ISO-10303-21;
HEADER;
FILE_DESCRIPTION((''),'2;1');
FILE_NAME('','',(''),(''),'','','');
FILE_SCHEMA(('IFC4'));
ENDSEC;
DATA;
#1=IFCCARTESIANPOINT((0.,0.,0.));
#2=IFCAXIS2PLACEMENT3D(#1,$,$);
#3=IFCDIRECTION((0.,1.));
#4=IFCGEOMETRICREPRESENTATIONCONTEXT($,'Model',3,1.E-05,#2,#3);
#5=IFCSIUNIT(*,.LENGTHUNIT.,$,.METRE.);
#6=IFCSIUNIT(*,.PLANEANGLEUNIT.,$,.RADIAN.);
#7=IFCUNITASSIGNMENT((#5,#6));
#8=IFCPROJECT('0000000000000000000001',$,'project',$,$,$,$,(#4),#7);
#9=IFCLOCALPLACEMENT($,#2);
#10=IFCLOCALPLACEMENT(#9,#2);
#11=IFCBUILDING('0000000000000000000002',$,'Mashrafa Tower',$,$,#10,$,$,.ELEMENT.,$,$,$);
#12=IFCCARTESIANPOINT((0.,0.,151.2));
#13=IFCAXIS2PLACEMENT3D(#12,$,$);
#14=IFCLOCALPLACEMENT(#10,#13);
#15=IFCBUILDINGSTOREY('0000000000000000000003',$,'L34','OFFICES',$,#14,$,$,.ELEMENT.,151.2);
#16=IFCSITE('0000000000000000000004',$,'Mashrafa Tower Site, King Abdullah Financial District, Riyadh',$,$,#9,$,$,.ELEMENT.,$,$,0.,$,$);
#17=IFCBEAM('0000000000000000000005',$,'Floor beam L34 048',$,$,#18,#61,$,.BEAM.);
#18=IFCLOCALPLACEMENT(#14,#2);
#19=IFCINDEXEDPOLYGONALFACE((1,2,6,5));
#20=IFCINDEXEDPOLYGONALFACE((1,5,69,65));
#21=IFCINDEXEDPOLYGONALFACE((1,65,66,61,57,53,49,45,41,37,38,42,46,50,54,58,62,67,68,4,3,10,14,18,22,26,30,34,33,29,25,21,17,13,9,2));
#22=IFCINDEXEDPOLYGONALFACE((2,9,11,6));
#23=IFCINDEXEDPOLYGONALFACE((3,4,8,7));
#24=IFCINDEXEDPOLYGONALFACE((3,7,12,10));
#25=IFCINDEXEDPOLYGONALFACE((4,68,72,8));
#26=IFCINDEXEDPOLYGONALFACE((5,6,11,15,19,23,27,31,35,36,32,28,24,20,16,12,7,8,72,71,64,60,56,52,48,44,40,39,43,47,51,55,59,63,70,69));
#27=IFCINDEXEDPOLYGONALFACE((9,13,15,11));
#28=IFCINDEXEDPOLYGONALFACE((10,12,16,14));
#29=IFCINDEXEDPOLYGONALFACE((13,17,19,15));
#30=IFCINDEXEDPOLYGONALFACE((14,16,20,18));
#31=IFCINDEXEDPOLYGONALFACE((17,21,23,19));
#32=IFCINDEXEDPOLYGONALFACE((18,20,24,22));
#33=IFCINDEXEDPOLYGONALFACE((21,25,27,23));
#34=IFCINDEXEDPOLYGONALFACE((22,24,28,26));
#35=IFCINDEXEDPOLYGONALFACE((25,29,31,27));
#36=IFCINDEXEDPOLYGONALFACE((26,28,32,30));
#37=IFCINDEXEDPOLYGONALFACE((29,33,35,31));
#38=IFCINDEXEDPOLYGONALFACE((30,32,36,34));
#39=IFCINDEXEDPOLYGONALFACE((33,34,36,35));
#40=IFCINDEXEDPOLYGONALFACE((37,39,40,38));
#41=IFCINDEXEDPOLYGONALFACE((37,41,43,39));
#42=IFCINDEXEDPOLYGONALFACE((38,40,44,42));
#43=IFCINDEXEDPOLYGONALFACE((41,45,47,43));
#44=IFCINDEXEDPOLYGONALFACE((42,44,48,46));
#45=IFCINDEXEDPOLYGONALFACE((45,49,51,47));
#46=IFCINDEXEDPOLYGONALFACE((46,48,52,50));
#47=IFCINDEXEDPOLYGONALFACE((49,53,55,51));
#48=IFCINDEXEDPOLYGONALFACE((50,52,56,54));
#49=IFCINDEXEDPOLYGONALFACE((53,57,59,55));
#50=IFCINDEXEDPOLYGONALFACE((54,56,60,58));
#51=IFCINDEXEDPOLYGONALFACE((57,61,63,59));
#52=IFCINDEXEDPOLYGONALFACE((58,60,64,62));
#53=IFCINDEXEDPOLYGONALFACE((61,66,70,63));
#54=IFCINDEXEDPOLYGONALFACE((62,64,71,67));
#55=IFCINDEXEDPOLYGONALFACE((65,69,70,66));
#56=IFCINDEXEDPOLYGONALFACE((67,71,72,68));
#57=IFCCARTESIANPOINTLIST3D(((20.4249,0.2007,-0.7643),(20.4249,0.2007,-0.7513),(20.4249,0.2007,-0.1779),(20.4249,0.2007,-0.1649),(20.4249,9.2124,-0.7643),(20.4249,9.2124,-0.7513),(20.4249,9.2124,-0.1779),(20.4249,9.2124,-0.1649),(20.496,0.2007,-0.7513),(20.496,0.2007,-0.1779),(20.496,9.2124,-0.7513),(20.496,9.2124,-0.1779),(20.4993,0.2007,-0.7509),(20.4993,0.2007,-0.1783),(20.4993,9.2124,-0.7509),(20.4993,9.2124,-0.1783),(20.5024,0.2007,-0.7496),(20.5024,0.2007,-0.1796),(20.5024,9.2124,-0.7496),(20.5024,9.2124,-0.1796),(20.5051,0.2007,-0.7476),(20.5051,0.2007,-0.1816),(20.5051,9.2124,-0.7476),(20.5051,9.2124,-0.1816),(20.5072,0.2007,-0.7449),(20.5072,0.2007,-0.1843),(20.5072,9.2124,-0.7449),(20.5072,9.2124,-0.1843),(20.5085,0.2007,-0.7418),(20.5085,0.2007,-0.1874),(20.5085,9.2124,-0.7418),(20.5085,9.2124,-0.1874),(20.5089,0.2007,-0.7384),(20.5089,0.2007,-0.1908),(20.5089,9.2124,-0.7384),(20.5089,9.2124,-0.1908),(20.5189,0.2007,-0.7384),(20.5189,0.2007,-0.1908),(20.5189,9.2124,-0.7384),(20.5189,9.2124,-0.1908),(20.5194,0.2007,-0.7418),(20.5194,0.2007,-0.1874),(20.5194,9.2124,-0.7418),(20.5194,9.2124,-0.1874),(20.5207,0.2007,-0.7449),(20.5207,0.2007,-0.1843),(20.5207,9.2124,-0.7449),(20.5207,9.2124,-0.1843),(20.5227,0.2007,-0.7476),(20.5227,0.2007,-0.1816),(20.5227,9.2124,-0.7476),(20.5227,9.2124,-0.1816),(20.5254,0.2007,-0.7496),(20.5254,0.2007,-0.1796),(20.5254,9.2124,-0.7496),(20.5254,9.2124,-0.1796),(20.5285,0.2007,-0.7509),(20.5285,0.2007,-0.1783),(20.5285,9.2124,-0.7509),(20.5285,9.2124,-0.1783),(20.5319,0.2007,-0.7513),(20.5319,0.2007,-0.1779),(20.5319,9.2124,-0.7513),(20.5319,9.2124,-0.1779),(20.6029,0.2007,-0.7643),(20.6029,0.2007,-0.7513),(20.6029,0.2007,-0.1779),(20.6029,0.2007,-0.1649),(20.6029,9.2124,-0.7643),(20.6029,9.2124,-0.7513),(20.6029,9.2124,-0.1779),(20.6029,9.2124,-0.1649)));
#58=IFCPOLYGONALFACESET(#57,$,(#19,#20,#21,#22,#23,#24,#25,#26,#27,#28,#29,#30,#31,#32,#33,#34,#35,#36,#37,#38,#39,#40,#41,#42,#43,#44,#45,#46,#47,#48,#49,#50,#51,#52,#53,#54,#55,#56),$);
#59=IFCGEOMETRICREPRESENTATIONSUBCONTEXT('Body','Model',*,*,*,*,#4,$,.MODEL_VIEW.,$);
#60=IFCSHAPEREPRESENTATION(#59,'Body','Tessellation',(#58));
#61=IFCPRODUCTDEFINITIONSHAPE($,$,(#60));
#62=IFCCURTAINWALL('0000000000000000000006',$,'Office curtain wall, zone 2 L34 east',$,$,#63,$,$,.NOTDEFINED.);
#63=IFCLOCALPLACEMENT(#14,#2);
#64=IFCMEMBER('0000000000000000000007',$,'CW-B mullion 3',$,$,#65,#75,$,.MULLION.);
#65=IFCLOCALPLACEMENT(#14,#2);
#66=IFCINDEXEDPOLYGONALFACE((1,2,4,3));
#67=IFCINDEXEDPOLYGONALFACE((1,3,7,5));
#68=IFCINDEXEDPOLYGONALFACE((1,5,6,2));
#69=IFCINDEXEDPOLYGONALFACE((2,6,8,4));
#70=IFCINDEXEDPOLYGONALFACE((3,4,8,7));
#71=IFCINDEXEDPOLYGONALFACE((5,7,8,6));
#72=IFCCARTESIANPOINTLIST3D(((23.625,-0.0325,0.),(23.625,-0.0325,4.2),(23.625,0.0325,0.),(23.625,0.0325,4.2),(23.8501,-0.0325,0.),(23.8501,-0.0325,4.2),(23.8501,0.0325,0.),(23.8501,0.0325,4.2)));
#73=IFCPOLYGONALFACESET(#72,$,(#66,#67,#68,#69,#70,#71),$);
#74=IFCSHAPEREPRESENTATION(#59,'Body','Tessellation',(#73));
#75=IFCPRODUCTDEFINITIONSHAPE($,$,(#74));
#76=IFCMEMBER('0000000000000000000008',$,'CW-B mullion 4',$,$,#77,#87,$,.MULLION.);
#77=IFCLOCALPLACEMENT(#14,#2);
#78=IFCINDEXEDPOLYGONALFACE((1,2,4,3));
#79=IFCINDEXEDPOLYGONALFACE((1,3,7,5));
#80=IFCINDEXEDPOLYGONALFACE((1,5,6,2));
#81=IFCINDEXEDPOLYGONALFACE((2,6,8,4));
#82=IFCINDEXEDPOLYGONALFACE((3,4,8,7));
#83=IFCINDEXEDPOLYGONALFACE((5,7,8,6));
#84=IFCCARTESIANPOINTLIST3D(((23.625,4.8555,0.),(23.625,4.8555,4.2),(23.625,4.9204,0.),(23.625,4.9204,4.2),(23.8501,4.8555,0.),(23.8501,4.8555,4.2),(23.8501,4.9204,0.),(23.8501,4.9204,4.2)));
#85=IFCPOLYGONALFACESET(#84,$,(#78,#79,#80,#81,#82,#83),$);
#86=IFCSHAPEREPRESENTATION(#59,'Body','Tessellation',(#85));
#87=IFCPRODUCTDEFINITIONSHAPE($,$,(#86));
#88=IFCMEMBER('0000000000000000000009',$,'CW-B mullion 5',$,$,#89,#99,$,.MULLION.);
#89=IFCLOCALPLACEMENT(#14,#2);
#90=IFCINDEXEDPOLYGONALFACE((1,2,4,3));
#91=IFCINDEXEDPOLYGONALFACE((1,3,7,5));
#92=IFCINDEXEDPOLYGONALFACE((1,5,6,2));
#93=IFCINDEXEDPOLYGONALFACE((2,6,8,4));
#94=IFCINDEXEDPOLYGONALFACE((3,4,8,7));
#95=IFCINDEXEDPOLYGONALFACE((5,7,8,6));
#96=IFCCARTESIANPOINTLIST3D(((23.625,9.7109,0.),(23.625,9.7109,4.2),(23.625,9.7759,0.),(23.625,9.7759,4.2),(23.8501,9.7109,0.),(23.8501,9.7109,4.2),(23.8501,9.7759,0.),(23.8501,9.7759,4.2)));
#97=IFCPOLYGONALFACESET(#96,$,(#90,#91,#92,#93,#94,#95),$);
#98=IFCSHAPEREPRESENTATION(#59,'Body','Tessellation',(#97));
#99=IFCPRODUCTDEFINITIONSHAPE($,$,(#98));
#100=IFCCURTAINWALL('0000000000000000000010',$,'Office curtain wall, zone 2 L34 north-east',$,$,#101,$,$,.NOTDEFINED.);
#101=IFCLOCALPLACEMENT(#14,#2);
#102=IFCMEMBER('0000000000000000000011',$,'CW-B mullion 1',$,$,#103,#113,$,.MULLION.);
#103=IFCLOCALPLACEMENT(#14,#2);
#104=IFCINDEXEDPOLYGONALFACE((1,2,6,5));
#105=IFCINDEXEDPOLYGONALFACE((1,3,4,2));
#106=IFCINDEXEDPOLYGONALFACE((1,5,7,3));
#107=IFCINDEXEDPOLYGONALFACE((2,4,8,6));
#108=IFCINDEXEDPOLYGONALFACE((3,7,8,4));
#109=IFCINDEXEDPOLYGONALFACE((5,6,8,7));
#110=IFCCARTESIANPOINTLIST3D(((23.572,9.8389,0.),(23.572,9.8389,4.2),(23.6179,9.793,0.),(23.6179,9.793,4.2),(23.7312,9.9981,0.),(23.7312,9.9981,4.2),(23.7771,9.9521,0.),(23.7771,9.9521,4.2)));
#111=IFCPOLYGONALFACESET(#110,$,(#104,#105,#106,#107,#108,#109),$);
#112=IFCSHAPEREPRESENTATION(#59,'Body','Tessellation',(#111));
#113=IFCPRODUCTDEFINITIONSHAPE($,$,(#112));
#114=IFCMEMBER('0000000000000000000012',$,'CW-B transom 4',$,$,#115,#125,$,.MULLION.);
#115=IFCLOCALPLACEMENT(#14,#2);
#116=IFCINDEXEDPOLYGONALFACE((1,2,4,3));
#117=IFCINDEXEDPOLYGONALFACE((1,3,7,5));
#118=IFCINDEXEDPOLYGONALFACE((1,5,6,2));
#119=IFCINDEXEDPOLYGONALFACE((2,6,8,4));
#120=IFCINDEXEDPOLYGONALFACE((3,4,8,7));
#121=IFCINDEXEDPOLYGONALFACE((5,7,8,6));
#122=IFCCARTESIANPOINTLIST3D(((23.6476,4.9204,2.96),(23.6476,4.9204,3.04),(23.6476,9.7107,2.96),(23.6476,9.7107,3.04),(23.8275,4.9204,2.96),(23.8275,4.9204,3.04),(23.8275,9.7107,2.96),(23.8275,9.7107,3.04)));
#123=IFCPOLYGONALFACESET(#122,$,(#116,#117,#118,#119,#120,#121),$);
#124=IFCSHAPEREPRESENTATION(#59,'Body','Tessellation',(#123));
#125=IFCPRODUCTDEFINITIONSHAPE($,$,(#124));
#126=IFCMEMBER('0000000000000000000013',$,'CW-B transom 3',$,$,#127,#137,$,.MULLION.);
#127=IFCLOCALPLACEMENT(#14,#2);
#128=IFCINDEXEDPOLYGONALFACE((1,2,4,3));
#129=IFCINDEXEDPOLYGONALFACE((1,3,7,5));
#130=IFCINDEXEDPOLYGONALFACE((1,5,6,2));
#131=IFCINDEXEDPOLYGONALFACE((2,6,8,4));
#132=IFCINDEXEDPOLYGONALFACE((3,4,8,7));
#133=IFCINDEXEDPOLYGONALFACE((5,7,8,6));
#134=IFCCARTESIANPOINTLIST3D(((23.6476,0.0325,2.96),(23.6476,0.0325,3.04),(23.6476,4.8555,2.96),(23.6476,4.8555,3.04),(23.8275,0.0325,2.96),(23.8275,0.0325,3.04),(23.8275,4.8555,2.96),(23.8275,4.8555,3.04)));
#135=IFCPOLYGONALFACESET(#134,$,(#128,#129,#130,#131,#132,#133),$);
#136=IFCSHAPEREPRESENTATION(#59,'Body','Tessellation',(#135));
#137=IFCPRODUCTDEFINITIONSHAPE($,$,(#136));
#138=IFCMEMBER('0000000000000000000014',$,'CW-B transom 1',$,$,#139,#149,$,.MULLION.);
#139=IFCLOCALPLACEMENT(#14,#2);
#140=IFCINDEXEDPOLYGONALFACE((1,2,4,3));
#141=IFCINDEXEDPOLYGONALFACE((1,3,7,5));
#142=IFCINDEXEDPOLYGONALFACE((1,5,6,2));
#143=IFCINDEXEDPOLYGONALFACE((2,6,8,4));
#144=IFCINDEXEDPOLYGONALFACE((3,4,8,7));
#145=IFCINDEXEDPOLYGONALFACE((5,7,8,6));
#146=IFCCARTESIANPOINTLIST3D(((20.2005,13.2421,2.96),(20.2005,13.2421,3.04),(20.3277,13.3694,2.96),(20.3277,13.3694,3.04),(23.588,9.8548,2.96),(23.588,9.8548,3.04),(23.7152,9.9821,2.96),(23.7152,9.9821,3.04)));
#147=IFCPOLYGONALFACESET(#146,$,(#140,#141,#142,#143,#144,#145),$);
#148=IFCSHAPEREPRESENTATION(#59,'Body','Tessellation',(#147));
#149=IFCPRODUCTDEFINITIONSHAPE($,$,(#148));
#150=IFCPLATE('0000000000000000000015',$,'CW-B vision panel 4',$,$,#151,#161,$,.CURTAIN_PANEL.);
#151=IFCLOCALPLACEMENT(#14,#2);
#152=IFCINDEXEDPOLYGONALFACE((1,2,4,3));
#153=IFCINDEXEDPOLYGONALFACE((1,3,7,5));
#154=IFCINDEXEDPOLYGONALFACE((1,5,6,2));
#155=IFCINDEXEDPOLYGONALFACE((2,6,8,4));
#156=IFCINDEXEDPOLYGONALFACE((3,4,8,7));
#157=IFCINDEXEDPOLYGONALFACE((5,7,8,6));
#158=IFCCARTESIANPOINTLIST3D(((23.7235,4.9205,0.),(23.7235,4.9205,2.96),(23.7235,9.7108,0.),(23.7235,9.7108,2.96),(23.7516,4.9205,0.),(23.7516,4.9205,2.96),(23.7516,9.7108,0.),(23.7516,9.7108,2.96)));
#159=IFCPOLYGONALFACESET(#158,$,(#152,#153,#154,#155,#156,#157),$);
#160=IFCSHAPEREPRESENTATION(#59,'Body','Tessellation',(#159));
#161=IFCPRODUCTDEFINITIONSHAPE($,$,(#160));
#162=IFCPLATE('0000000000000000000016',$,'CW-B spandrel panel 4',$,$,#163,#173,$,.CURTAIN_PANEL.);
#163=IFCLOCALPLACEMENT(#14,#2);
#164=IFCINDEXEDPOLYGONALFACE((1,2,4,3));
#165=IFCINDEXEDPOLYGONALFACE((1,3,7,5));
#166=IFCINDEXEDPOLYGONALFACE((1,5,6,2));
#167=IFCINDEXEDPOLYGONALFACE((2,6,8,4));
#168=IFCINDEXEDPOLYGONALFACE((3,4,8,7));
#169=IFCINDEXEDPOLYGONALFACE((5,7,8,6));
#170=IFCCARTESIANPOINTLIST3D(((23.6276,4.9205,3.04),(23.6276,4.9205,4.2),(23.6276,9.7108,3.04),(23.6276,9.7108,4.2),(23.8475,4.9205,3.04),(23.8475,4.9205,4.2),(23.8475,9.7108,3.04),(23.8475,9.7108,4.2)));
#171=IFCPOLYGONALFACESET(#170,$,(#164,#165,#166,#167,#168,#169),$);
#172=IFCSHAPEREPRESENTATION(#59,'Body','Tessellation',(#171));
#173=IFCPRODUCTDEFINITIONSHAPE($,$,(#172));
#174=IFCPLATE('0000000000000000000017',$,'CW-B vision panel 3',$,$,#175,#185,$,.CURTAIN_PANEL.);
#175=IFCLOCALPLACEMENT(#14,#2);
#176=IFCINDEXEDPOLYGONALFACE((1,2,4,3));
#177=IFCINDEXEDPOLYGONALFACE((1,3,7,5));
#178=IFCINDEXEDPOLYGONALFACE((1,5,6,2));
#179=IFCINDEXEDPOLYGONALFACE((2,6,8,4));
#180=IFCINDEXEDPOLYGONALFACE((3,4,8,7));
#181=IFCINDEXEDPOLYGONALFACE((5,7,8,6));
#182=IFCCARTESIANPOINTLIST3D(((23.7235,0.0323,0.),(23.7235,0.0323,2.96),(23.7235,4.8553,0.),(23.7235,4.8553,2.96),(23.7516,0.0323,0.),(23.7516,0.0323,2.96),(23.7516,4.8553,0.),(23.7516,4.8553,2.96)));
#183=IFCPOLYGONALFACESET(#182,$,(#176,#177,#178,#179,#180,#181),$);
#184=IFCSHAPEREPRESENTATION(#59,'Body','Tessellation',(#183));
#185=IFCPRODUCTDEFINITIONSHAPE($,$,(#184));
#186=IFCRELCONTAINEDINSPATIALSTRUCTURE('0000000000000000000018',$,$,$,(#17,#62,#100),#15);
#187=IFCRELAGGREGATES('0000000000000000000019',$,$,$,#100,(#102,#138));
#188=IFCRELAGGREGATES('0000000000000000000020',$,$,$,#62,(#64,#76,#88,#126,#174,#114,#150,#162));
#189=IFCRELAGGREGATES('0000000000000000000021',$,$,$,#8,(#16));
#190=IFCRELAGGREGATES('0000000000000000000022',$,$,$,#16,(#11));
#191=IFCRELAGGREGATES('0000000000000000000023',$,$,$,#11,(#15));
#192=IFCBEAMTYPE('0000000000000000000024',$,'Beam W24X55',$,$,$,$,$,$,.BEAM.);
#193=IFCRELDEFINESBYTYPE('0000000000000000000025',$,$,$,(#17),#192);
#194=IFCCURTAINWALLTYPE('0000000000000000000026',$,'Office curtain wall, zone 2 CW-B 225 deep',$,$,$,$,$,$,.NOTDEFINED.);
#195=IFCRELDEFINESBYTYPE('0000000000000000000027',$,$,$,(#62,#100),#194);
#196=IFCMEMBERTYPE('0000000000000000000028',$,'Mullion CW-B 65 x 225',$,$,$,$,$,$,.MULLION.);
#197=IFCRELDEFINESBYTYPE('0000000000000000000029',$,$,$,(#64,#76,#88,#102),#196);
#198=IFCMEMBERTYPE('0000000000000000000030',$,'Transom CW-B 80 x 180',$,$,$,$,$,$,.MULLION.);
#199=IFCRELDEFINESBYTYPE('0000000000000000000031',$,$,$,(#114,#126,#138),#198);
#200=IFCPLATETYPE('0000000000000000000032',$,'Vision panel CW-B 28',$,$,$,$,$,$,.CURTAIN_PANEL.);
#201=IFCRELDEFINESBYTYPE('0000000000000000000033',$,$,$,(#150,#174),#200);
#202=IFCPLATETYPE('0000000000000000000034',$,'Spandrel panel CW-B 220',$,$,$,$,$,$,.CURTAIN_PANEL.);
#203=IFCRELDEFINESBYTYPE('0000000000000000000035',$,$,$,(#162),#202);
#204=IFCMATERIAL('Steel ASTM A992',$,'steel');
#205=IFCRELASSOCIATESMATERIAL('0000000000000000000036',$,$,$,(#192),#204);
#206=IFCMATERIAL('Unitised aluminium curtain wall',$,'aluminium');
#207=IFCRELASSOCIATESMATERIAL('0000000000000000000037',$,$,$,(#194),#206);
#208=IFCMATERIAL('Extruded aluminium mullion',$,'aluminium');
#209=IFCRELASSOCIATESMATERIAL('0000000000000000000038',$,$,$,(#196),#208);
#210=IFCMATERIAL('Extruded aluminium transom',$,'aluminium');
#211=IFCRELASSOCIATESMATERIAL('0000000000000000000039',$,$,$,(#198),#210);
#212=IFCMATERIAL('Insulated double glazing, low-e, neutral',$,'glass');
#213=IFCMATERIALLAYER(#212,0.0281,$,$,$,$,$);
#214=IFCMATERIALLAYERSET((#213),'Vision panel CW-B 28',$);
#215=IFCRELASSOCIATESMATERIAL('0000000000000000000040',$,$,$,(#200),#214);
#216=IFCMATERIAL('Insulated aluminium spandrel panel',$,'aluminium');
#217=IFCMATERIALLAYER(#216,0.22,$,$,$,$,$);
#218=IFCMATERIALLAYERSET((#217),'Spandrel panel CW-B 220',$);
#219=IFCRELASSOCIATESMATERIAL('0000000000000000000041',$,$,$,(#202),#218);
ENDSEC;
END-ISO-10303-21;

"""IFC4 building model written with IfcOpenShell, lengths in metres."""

from ifc_helpers import new_model, si_unit, direction, frame, origin, origin_2d, place, context, subcontext, project, spatial, rectangle, i_section, extrude, source, transform, mapped, material, layer, layer_set, material_profile, profile_set, type_object, type_shapes, element, aggregate, save


model = new_model("IFC4")

# Units and contexts
model_context = context("Model", 3, precision=1e-05, world=origin(), true_north=direction((0.0, 1.0)))
body_context = subcontext(model_context, "Body", "Model", "MODEL_VIEW")
ifc_project = project(units=[si_unit("LENGTHUNIT", "METRE"), si_unit("PLANEANGLEUNIT", "RADIAN")], contexts=[model_context])

# Site, building, storey
site_placement = place(None, origin())
site = spatial("IfcSite", under=ifc_project, at=site_placement, Name="Mashrafa Tower Site, King Abdullah Financial District, Riyadh", CompositionType="ELEMENT", RefElevation=0.0)
building_placement = place(site_placement, origin())
building = spatial("IfcBuilding", under=site, at=building_placement, Name="Mashrafa Tower", CompositionType="ELEMENT")
storey_placement = place(building_placement, frame((0.0, 0.0, 151.2)))
storey = spatial("IfcBuildingStorey", under=building, at=storey_placement, Name="L34", Description="OFFICES", CompositionType="ELEMENT", Elevation=151.2)

# Beam
ifc_material_1 = material(Name="Steel ASTM A992", Category="steel")
ifc_material_profile_1 = material_profile(ifc_material_1, i_section(OverallWidth=0.178, OverallDepth=0.5994, WebThickness=0.01, FlangeThickness=0.0129, FilletRadius=0.0129, at=origin_2d()), Name="W24X55")
ifc_profile_set_1 = profile_set([ifc_material_profile_1], Name="Steel ASTM A992")
beam_type_1 = type_object("IfcBeamType", Name="Beam W24X55", PredefinedType="BEAM", material=ifc_profile_set_1)
beam_1_placement = place(storey_placement, frame((20.5139, 9.2124, -0.4646), z_axis=(0.0, -1.0, 0.0), x_axis=(1.0, 0.0, 0.0)))
element("IfcBeam", 1, at=beam_1_placement, inside=storey, type_object=beam_type_1, Name="Floor beam L34 048", PredefinedType="BEAM", context=body_context, shape_type="SweptSolid", body=[
    extrude(i_section(OverallWidth=0.178, OverallDepth=0.5994, WebThickness=0.01, FlangeThickness=0.0129, FilletRadius=0.0129, at=origin_2d()), origin(), (0.0, 0.0, 1.0), 9.0117),
])

# Curtain wall, members
ifc_material_2 = material(Name="Unitised aluminium curtain wall", Category="aluminium")
curtain_wall_type = type_object("IfcCurtainWallType", Name="Office curtain wall, zone 2 CW-B 225 deep", PredefinedType="NOTDEFINED", material=ifc_material_2)
curtain_wall_1_placement = place(storey_placement, origin())
curtain_wall_1 = element("IfcCurtainWall", 2, at=curtain_wall_1_placement, inside=storey, type_object=curtain_wall_type, Name="Office curtain wall, zone 2 L34 east", PredefinedType="NOTDEFINED")
ifc_material_3 = material(Name="Extruded aluminium mullion", Category="aluminium")
ifc_material_profile_2 = material_profile(ifc_material_3, rectangle(XDim=0.2251, YDim=0.0649, at=origin_2d()), Name="Mullion 65x225")
ifc_profile_set_2 = profile_set([ifc_material_profile_2], Name="Extruded aluminium mullion")
member_type_1 = type_object("IfcMemberType", Name="Mullion CW-B 65 x 225", PredefinedType="MULLION", material=ifc_profile_set_2)
shared_shape_1 = source(origin(), body_context, "Body", "SweptSolid", [
    extrude(rectangle(XDim=0.2251, YDim=0.0649, at=origin_2d()), origin(), (0.0, 0.0, 1.0), 4.2),
])
type_shapes(member_type_1, [shared_shape_1])
member_1_placement = place(storey_placement, frame((23.7375, 0.0, 0.0), z_axis=(0.0, 0.0, 1.0), x_axis=(-1.0, 0.0, 0.0)))
member_1 = element("IfcMember", 3, at=member_1_placement, type_object=member_type_1, Name="CW-B mullion 3", PredefinedType="MULLION", context=body_context, shape_type="MappedRepresentation", body=[
    mapped(shared_shape_1, transform((0.0, 0.0, 0.0))),
])
member_2_placement = place(storey_placement, frame((23.7375, 4.8879, 0.0), z_axis=(0.0, 0.0, 1.0), x_axis=(-1.0, 0.0, 0.0)))
member_2 = element("IfcMember", 4, at=member_2_placement, type_object=member_type_1, Name="CW-B mullion 4", PredefinedType="MULLION", context=body_context, shape_type="MappedRepresentation", body=[
    mapped(shared_shape_1, transform((0.0, 0.0, 0.0))),
])
member_3_placement = place(storey_placement, frame((23.7375, 9.7434, 0.0), z_axis=(0.0, 0.0, 1.0), x_axis=(-1.0, 0.0, 0.0)))
member_3 = element("IfcMember", 5, at=member_3_placement, type_object=member_type_1, Name="CW-B mullion 5", PredefinedType="MULLION", context=body_context, shape_type="MappedRepresentation", body=[
    mapped(shared_shape_1, transform((0.0, 0.0, 0.0))),
])

# Curtain wall, member
curtain_wall_2_placement = place(storey_placement, origin())
curtain_wall_2 = element("IfcCurtainWall", 6, at=curtain_wall_2_placement, inside=storey, type_object=curtain_wall_type, Name="Office curtain wall, zone 2 L34 north-east", PredefinedType="NOTDEFINED")
member_4_placement = place(storey_placement, frame((23.6746, 9.8955, 0.0), z_axis=(0.0, 0.0, 1.0), x_axis=(-0.707107, -0.707107, 0.0)))
member_4 = element("IfcMember", 7, at=member_4_placement, type_object=member_type_1, Name="CW-B mullion 1", PredefinedType="MULLION", context=body_context, shape_type="MappedRepresentation", body=[
    mapped(shared_shape_1, transform((0.0, 0.0, 0.0))),
])

# Members
ifc_material_4 = material(Name="Extruded aluminium transom", Category="aluminium")
ifc_material_profile_3 = material_profile(ifc_material_4, rectangle(XDim=0.1799, YDim=0.0801, at=origin_2d()), Name="Transom 80x180")
ifc_profile_set_3 = profile_set([ifc_material_profile_3], Name="Extruded aluminium transom")
member_type_2 = type_object("IfcMemberType", Name="Transom CW-B 80 x 180", PredefinedType="MULLION", material=ifc_profile_set_3)
shared_shape_2 = source(origin(), body_context, "Body", "SweptSolid", [
    extrude(rectangle(XDim=0.1799, YDim=0.0801, at=origin_2d()), origin(), (0.0, 0.0, 1.0), 4.7903),
])
member_5_placement = place(storey_placement, frame((23.7375, 4.9204, 3.0), z_axis=(0.0, 1.0, 0.0), x_axis=(-1.0, 0.0, 0.0)))
member_5 = element("IfcMember", 8, at=member_5_placement, type_object=member_type_2, Name="CW-B transom 4", PredefinedType="MULLION", context=body_context, shape_type="MappedRepresentation", body=[
    mapped(shared_shape_2, transform((0.0, 0.0, 0.0))),
])
shared_shape_3 = source(origin(), body_context, "Body", "SweptSolid", [
    extrude(rectangle(XDim=0.1799, YDim=0.0801, at=origin_2d()), origin(), (0.0, 0.0, 1.0), 4.823),
])
member_6_placement = place(storey_placement, frame((23.7375, 0.0325, 3.0), z_axis=(0.0, 1.0, 0.0), x_axis=(-1.0, 0.0, 0.0)))
member_6 = element("IfcMember", 9, at=member_6_placement, type_object=member_type_2, Name="CW-B transom 3", PredefinedType="MULLION", context=body_context, shape_type="MappedRepresentation", body=[
    mapped(shared_shape_3, transform((0.0, 0.0, 0.0))),
])
shared_shape_4 = source(origin(), body_context, "Body", "SweptSolid", [
    extrude(rectangle(XDim=0.1799, YDim=0.0801, at=origin_2d()), origin(), (0.0, 0.0, 1.0), 4.7905),
])
type_shapes(member_type_2, [shared_shape_2, shared_shape_3, shared_shape_4])
member_7_placement = place(storey_placement, frame((23.6516, 9.9185, 3.0), z_axis=(-0.707132, 0.707081, 0.0), x_axis=(-0.707081, -0.707132, 0.0)))
member_7 = element("IfcMember", 10, at=member_7_placement, type_object=member_type_2, Name="CW-B transom 1", PredefinedType="MULLION", context=body_context, shape_type="MappedRepresentation", body=[
    mapped(shared_shape_4, transform((0.0, 0.0, 0.0))),
])
aggregate(curtain_wall_2, [member_4, member_7])

# Plates
ifc_material_5 = material(Name="Insulated double glazing, low-e, neutral", Category="glass")
ifc_layer_1 = layer(ifc_material_5, 0.0281)
ifc_layer_set_1 = layer_set([ifc_layer_1], Name="Vision panel CW-B 28")
plate_type_1 = type_object("IfcPlateType", Name="Vision panel CW-B 28", PredefinedType="CURTAIN_PANEL", material=ifc_layer_set_1)
shared_shape_5 = source(origin(), body_context, "Body", "SweptSolid", [
    extrude(rectangle(XDim=4.7903, YDim=0.0281, at=origin_2d()), origin(), (0.0, 0.0, 1.0), 2.96),
])
plate_1_placement = place(storey_placement, frame((23.7375, 7.3157, 0.0), z_axis=(0.0, 0.0, 1.0), x_axis=(0.0, 1.0, 0.0)))
plate_1 = element("IfcPlate", 11, at=plate_1_placement, type_object=plate_type_1, Name="CW-B vision panel 4", PredefinedType="CURTAIN_PANEL", context=body_context, shape_type="MappedRepresentation", body=[
    mapped(shared_shape_5, transform((0.0, 0.0, 0.0))),
])
ifc_material_6 = material(Name="Insulated aluminium spandrel panel", Category="aluminium")
ifc_layer_2 = layer(ifc_material_6, 0.22)
ifc_layer_set_2 = layer_set([ifc_layer_2], Name="Spandrel panel CW-B 220")
plate_type_2 = type_object("IfcPlateType", Name="Spandrel panel CW-B 220", PredefinedType="CURTAIN_PANEL", material=ifc_layer_set_2)
shared_shape_6 = source(origin(), body_context, "Body", "SweptSolid", [
    extrude(rectangle(XDim=4.7903, YDim=0.22, at=origin_2d()), origin(), (0.0, 0.0, 1.0), 1.1599),
])
plate_2_placement = place(storey_placement, frame((23.7375, 7.3157, 3.04), z_axis=(0.0, 0.0, 1.0), x_axis=(0.0, 1.0, 0.0)))
plate_2 = element("IfcPlate", 12, at=plate_2_placement, type_object=plate_type_2, Name="CW-B spandrel panel 4", PredefinedType="CURTAIN_PANEL", context=body_context, shape_type="MappedRepresentation", body=[
    mapped(shared_shape_6, transform((0.0, 0.0, 0.0))),
])
shared_shape_7 = source(origin(), body_context, "Body", "SweptSolid", [
    extrude(rectangle(XDim=4.823, YDim=0.0281, at=origin_2d()), origin(), (0.0, 0.0, 1.0), 2.96),
])
type_shapes(plate_type_1, [shared_shape_5, shared_shape_7])
plate_3_placement = place(storey_placement, frame((23.7375, 2.4438, 0.0), z_axis=(0.0, 0.0, 1.0), x_axis=(0.0, 1.0, 0.0)))
plate_3 = element("IfcPlate", 13, at=plate_3_placement, type_object=plate_type_1, Name="CW-B vision panel 3", PredefinedType="CURTAIN_PANEL", context=body_context, shape_type="MappedRepresentation", body=[
    mapped(shared_shape_7, transform((0.0, 0.0, 0.0))),
])
aggregate(curtain_wall_1, [member_1, member_2, member_3, member_6, plate_3, member_5, plate_1, plate_2])

save(model, "model.ifc")
